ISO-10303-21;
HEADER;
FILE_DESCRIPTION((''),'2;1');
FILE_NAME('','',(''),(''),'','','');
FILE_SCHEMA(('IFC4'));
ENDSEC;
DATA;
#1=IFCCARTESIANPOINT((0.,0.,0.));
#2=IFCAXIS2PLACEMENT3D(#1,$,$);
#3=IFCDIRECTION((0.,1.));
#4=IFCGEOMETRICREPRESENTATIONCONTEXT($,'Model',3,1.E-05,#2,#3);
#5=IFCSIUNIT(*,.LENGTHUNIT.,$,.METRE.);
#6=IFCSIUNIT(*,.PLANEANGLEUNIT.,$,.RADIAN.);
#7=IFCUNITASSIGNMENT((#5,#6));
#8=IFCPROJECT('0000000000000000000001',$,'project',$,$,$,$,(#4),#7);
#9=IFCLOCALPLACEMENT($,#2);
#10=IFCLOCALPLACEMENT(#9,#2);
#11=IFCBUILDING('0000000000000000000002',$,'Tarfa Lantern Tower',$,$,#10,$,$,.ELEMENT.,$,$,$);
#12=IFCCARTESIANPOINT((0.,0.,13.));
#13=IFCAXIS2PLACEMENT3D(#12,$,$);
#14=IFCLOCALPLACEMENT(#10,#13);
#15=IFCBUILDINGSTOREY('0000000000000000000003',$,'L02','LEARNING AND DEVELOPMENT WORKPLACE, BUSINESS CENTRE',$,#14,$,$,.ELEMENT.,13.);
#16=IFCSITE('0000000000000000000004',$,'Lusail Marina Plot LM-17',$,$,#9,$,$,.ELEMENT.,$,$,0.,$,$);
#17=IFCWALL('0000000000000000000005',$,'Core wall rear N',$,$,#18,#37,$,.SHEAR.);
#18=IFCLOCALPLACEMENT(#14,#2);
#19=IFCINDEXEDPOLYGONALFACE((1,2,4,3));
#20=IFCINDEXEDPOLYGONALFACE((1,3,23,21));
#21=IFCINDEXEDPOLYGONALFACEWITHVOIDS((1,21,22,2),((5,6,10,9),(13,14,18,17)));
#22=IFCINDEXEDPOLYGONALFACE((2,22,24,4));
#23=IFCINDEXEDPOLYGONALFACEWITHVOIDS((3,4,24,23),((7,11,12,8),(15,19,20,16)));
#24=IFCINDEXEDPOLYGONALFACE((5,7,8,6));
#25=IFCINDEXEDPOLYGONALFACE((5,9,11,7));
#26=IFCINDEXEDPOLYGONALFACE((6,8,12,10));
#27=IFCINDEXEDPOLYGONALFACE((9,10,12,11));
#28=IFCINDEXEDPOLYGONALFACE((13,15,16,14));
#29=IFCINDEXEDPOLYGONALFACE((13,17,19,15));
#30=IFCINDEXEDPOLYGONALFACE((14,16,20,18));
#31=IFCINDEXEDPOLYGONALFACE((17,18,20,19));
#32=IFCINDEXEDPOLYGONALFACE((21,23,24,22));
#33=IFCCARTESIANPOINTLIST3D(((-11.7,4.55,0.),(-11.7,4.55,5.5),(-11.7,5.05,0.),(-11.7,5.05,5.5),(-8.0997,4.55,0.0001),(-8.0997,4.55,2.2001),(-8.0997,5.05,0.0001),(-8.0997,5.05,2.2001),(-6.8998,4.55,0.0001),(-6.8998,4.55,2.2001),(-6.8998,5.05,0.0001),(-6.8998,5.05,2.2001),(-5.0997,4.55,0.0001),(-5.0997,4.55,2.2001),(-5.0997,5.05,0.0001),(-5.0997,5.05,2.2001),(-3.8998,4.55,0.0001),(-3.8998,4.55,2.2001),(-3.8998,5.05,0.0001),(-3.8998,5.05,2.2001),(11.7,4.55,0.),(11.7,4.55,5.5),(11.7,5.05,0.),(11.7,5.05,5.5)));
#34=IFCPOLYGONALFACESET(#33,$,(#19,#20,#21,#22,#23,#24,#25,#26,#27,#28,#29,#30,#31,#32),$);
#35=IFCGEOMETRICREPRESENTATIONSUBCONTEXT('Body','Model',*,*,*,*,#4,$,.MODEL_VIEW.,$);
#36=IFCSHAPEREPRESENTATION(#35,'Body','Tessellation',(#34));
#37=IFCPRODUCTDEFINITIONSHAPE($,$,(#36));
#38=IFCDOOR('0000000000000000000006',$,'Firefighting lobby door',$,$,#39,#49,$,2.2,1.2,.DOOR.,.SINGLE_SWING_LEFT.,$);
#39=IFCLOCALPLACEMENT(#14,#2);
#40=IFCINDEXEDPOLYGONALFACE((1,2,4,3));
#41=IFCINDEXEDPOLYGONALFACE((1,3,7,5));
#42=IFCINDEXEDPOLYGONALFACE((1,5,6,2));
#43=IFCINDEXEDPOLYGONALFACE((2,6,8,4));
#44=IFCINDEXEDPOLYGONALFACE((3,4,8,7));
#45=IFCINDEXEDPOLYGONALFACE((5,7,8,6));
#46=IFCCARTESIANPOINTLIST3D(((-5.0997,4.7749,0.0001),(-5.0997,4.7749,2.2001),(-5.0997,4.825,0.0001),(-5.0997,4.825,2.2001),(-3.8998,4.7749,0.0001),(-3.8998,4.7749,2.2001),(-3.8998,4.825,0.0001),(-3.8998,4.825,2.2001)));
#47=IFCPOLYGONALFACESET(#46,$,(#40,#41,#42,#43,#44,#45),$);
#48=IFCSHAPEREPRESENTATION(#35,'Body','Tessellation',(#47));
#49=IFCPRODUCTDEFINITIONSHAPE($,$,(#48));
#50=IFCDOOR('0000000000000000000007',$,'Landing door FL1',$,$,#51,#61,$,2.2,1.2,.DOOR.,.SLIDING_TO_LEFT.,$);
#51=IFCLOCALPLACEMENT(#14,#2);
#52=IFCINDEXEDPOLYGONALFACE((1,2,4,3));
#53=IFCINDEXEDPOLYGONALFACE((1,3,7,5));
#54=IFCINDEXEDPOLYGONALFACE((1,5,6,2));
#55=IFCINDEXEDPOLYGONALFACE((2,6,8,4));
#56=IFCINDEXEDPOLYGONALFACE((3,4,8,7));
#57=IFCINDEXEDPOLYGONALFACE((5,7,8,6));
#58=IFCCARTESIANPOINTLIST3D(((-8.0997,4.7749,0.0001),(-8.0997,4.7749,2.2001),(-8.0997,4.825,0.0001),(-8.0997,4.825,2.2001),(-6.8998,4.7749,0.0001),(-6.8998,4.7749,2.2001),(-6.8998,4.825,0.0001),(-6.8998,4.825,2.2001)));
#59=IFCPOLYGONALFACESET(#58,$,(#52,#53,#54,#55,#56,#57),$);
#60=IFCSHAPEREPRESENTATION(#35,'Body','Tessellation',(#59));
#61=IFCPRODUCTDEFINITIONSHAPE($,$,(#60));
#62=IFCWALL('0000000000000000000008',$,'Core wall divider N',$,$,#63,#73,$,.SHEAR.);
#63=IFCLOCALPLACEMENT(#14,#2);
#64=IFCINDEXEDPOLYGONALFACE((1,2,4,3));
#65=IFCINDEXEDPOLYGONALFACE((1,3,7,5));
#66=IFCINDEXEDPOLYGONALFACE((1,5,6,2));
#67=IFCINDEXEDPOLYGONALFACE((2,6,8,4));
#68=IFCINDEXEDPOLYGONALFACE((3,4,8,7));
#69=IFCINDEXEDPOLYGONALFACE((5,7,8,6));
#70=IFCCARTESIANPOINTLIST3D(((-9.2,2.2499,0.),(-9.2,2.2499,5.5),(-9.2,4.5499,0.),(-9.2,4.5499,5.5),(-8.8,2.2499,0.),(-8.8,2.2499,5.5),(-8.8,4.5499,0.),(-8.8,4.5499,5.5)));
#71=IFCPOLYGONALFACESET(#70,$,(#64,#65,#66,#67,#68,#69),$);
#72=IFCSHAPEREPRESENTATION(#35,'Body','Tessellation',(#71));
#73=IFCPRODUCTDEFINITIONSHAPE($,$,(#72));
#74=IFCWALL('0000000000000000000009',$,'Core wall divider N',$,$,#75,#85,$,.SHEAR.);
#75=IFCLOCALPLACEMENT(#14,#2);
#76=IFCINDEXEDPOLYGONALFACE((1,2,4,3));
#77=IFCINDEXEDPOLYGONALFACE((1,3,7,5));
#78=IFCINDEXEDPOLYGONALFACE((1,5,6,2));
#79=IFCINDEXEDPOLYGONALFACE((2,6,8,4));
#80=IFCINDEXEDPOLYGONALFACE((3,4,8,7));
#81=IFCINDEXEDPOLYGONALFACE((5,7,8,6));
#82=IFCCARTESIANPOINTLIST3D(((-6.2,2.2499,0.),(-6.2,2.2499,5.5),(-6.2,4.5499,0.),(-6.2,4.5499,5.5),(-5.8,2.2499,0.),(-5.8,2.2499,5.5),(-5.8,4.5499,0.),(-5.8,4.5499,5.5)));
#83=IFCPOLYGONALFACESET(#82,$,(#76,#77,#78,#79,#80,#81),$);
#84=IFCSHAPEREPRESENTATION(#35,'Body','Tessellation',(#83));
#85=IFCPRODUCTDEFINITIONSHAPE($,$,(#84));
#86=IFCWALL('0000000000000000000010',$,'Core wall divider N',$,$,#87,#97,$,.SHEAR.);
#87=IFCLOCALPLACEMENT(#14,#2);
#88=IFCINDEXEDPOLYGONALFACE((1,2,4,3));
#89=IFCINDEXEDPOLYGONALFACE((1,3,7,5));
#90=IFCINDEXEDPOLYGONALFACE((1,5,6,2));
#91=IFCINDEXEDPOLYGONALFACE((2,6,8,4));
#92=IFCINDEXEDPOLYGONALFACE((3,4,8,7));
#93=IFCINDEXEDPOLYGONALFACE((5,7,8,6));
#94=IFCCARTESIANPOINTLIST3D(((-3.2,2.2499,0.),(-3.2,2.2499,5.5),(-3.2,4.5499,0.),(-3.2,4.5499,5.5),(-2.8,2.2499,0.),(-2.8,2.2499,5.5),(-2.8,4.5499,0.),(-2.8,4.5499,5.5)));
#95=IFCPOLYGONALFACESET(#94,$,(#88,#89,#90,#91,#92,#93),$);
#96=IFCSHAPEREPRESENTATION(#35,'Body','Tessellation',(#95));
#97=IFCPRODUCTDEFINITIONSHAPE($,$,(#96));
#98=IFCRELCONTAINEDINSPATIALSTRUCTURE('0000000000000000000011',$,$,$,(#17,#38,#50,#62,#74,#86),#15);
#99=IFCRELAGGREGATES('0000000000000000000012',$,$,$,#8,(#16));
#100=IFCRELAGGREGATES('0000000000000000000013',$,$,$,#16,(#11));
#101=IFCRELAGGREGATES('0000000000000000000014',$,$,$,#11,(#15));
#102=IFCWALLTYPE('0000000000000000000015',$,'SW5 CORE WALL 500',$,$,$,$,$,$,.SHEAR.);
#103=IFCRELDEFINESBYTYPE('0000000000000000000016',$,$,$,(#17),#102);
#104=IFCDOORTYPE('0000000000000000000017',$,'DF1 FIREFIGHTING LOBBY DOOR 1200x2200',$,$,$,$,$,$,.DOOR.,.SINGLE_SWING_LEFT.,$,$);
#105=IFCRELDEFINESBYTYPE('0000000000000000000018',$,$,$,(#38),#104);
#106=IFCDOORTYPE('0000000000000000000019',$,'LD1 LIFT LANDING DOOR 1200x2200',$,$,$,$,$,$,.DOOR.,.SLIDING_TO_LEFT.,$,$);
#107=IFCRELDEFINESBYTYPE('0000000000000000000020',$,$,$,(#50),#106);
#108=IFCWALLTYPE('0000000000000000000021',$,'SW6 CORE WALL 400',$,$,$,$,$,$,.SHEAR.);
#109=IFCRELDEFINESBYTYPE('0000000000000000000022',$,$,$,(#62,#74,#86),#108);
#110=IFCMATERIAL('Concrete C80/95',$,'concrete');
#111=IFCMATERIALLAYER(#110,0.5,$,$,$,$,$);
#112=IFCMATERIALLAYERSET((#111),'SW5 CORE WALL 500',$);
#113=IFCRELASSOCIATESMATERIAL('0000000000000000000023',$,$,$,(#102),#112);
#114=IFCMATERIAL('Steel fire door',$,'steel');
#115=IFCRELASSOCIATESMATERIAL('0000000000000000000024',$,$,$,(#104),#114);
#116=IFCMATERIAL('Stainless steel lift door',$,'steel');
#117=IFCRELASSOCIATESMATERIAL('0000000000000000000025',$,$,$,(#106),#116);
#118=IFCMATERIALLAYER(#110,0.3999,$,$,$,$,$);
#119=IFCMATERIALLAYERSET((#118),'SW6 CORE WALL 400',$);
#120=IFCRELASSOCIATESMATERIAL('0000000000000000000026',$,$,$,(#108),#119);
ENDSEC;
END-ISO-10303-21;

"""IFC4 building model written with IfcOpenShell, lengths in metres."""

from ifc_helpers import new_model, si_unit, direction, frame, frame_2d, origin, place, context, subcontext, project, spatial, rectangle, extrude, material, layer, layer_set, type_object, element, fill, save


model = new_model("IFC4")

# Units and contexts
model_context = context("Model", 3, precision=1e-05, world=origin(), true_north=direction((0.0, 1.0)))
body_context = subcontext(model_context, "Body", "Model", "MODEL_VIEW")
ifc_project = project(units=[si_unit("LENGTHUNIT", "METRE"), si_unit("PLANEANGLEUNIT", "RADIAN")], contexts=[model_context])

# Site, building, storey
site_placement = place(None, origin())
site = spatial("IfcSite", under=ifc_project, at=site_placement, Name="Lusail Marina Plot LM-17", CompositionType="ELEMENT", RefElevation=0.0)
building_placement = place(site_placement, origin())
building = spatial("IfcBuilding", under=site, at=building_placement, Name="Tarfa Lantern Tower", CompositionType="ELEMENT")
storey_placement = place(building_placement, frame((0.0, 0.0, 13.0)))
storey = spatial("IfcBuildingStorey", under=building, at=storey_placement, Name="L02", Description="LEARNING AND DEVELOPMENT WORKPLACE, BUSINESS CENTRE", CompositionType="ELEMENT", Elevation=13.0)

# Shared definitions
ifc_material_1 = material(Name="Concrete C80/95", Category="concrete")
ifc_layer_1 = layer(ifc_material_1, 0.5)
ifc_layer_set_1 = layer_set([ifc_layer_1], Name="SW5 CORE WALL 500")
wall_type_1 = type_object("IfcWallType", Name="SW5 CORE WALL 500", PredefinedType="SHEAR", material=ifc_layer_set_1)

# Shared definitions
ifc_material_2 = material(Name="Stainless steel lift door", Category="steel")

# Wall, openings, doors
wall_1_placement = place(storey_placement, frame((-11.7, 4.8, 0.0), z_axis=(0.0, 0.0, 1.0), x_axis=(1.0, 0.0, 0.0)))
wall_1 = element("IfcWall", 1, at=wall_1_placement, inside=storey, type_object=wall_type_1, Name="Core wall rear N", PredefinedType="SHEAR", context=body_context, shape_type="SweptSolid", body=[
    extrude(rectangle(XDim=23.3999, YDim=0.5, at=frame_2d((11.7, 0.0))), origin(), (0.0, 0.0, 1.0), 5.5),
])
opening_1_placement = place(wall_1_placement, frame((6.6001, 0.0, 0.0)))
opening_1 = element("IfcOpeningElement", 2, at=opening_1_placement, cuts=wall_1, PredefinedType="OPENING", context=body_context, shape_type="SweptSolid", body=[
    extrude(rectangle(XDim=1.2, YDim=2.2, at=frame_2d((0.6001, 1.1001))), frame((0.0, 0.26, 0.0), z_axis=(0.0, -1.0, 0.0), x_axis=(1.0, 0.0, 0.0)), (0.0, 0.0, 1.0), 0.52),
])
opening_2_placement = place(wall_1_placement, frame((3.6001, 0.0, 0.0)))
opening_2 = element("IfcOpeningElement", 3, at=opening_2_placement, cuts=wall_1, PredefinedType="OPENING", context=body_context, shape_type="SweptSolid", body=[
    extrude(rectangle(XDim=1.2, YDim=2.2, at=frame_2d((0.6001, 1.1001))), frame((0.0, 0.26, 0.0), z_axis=(0.0, -1.0, 0.0), x_axis=(1.0, 0.0, 0.0)), (0.0, 0.0, 1.0), 0.52),
])
ifc_material_3 = material(Name="Steel fire door", Category="steel")
door_type_1 = type_object("IfcDoorType", Name="DF1 FIREFIGHTING LOBBY DOOR 1200x2200", OperationType="SINGLE_SWING_LEFT", PredefinedType="DOOR", material=ifc_material_3)
door_1_placement = place(opening_1_placement, origin())
door_1 = element("IfcDoor", 4, at=door_1_placement, inside=storey, type_object=door_type_1, Name="Firefighting lobby door", OperationType="SINGLE_SWING_LEFT", OverallHeight=2.2, OverallWidth=1.2, PredefinedType="DOOR", context=body_context, shape_type="SweptSolid", body=[
    extrude(rectangle(XDim=1.2, YDim=2.2, at=frame_2d((0.6001, 1.1001))), frame((0.0, 0.0249, 0.0), z_axis=(0.0, -1.0, 0.0), x_axis=(1.0, 0.0, 0.0)), (0.0, 0.0, 1.0), 0.05),
])
fill(opening_1, door_1)
door_type_2 = type_object("IfcDoorType", Name="LD1 LIFT LANDING DOOR 1200x2200", OperationType="SLIDING_TO_LEFT", PredefinedType="DOOR", material=ifc_material_2)
door_2_placement = place(opening_2_placement, origin())
door_2 = element("IfcDoor", 5, at=door_2_placement, inside=storey, type_object=door_type_2, Name="Landing door FL1", OperationType="SLIDING_TO_LEFT", OverallHeight=2.2, OverallWidth=1.2, PredefinedType="DOOR", context=body_context, shape_type="SweptSolid", body=[
    extrude(rectangle(XDim=1.2, YDim=2.2, at=frame_2d((0.6001, 1.1001))), frame((0.0, 0.0249, 0.0), z_axis=(0.0, -1.0, 0.0), x_axis=(1.0, 0.0, 0.0)), (0.0, 0.0, 1.0), 0.05),
])
fill(opening_2, door_2)

# Walls
ifc_layer_2 = layer(ifc_material_1, 0.3999)
ifc_layer_set_2 = layer_set([ifc_layer_2], Name="SW6 CORE WALL 400")
wall_type_2 = type_object("IfcWallType", Name="SW6 CORE WALL 400", PredefinedType="SHEAR", material=ifc_layer_set_2)
for number, where, z_axis, x_axis, name in (
    (6, (-9.0, 2.25, 0.0), (0.0, 0.0, 1.0), (0.0, 1.0, 0.0), "Core wall divider N"),
    (7, (-6.0, 2.25, 0.0), (0.0, 0.0, 1.0), (0.0, 1.0, 0.0), "Core wall divider N"),
    (8, (-3.0, 2.25, 0.0), (0.0, 0.0, 1.0), (0.0, 1.0, 0.0), "Core wall divider N"),
):
    element("IfcWall", number, at=place(storey_placement, frame(where, z_axis=z_axis, x_axis=x_axis)), inside=storey, type_object=wall_type_2, Name=name, PredefinedType="SHEAR", context=body_context, shape_type="SweptSolid", body=[
        extrude(rectangle(XDim=2.3, YDim=0.3999, at=frame_2d((1.1499, 0.0))), origin(), (0.0, 0.0, 1.0), 5.5),
    ])

save(model, "model.ifc")
